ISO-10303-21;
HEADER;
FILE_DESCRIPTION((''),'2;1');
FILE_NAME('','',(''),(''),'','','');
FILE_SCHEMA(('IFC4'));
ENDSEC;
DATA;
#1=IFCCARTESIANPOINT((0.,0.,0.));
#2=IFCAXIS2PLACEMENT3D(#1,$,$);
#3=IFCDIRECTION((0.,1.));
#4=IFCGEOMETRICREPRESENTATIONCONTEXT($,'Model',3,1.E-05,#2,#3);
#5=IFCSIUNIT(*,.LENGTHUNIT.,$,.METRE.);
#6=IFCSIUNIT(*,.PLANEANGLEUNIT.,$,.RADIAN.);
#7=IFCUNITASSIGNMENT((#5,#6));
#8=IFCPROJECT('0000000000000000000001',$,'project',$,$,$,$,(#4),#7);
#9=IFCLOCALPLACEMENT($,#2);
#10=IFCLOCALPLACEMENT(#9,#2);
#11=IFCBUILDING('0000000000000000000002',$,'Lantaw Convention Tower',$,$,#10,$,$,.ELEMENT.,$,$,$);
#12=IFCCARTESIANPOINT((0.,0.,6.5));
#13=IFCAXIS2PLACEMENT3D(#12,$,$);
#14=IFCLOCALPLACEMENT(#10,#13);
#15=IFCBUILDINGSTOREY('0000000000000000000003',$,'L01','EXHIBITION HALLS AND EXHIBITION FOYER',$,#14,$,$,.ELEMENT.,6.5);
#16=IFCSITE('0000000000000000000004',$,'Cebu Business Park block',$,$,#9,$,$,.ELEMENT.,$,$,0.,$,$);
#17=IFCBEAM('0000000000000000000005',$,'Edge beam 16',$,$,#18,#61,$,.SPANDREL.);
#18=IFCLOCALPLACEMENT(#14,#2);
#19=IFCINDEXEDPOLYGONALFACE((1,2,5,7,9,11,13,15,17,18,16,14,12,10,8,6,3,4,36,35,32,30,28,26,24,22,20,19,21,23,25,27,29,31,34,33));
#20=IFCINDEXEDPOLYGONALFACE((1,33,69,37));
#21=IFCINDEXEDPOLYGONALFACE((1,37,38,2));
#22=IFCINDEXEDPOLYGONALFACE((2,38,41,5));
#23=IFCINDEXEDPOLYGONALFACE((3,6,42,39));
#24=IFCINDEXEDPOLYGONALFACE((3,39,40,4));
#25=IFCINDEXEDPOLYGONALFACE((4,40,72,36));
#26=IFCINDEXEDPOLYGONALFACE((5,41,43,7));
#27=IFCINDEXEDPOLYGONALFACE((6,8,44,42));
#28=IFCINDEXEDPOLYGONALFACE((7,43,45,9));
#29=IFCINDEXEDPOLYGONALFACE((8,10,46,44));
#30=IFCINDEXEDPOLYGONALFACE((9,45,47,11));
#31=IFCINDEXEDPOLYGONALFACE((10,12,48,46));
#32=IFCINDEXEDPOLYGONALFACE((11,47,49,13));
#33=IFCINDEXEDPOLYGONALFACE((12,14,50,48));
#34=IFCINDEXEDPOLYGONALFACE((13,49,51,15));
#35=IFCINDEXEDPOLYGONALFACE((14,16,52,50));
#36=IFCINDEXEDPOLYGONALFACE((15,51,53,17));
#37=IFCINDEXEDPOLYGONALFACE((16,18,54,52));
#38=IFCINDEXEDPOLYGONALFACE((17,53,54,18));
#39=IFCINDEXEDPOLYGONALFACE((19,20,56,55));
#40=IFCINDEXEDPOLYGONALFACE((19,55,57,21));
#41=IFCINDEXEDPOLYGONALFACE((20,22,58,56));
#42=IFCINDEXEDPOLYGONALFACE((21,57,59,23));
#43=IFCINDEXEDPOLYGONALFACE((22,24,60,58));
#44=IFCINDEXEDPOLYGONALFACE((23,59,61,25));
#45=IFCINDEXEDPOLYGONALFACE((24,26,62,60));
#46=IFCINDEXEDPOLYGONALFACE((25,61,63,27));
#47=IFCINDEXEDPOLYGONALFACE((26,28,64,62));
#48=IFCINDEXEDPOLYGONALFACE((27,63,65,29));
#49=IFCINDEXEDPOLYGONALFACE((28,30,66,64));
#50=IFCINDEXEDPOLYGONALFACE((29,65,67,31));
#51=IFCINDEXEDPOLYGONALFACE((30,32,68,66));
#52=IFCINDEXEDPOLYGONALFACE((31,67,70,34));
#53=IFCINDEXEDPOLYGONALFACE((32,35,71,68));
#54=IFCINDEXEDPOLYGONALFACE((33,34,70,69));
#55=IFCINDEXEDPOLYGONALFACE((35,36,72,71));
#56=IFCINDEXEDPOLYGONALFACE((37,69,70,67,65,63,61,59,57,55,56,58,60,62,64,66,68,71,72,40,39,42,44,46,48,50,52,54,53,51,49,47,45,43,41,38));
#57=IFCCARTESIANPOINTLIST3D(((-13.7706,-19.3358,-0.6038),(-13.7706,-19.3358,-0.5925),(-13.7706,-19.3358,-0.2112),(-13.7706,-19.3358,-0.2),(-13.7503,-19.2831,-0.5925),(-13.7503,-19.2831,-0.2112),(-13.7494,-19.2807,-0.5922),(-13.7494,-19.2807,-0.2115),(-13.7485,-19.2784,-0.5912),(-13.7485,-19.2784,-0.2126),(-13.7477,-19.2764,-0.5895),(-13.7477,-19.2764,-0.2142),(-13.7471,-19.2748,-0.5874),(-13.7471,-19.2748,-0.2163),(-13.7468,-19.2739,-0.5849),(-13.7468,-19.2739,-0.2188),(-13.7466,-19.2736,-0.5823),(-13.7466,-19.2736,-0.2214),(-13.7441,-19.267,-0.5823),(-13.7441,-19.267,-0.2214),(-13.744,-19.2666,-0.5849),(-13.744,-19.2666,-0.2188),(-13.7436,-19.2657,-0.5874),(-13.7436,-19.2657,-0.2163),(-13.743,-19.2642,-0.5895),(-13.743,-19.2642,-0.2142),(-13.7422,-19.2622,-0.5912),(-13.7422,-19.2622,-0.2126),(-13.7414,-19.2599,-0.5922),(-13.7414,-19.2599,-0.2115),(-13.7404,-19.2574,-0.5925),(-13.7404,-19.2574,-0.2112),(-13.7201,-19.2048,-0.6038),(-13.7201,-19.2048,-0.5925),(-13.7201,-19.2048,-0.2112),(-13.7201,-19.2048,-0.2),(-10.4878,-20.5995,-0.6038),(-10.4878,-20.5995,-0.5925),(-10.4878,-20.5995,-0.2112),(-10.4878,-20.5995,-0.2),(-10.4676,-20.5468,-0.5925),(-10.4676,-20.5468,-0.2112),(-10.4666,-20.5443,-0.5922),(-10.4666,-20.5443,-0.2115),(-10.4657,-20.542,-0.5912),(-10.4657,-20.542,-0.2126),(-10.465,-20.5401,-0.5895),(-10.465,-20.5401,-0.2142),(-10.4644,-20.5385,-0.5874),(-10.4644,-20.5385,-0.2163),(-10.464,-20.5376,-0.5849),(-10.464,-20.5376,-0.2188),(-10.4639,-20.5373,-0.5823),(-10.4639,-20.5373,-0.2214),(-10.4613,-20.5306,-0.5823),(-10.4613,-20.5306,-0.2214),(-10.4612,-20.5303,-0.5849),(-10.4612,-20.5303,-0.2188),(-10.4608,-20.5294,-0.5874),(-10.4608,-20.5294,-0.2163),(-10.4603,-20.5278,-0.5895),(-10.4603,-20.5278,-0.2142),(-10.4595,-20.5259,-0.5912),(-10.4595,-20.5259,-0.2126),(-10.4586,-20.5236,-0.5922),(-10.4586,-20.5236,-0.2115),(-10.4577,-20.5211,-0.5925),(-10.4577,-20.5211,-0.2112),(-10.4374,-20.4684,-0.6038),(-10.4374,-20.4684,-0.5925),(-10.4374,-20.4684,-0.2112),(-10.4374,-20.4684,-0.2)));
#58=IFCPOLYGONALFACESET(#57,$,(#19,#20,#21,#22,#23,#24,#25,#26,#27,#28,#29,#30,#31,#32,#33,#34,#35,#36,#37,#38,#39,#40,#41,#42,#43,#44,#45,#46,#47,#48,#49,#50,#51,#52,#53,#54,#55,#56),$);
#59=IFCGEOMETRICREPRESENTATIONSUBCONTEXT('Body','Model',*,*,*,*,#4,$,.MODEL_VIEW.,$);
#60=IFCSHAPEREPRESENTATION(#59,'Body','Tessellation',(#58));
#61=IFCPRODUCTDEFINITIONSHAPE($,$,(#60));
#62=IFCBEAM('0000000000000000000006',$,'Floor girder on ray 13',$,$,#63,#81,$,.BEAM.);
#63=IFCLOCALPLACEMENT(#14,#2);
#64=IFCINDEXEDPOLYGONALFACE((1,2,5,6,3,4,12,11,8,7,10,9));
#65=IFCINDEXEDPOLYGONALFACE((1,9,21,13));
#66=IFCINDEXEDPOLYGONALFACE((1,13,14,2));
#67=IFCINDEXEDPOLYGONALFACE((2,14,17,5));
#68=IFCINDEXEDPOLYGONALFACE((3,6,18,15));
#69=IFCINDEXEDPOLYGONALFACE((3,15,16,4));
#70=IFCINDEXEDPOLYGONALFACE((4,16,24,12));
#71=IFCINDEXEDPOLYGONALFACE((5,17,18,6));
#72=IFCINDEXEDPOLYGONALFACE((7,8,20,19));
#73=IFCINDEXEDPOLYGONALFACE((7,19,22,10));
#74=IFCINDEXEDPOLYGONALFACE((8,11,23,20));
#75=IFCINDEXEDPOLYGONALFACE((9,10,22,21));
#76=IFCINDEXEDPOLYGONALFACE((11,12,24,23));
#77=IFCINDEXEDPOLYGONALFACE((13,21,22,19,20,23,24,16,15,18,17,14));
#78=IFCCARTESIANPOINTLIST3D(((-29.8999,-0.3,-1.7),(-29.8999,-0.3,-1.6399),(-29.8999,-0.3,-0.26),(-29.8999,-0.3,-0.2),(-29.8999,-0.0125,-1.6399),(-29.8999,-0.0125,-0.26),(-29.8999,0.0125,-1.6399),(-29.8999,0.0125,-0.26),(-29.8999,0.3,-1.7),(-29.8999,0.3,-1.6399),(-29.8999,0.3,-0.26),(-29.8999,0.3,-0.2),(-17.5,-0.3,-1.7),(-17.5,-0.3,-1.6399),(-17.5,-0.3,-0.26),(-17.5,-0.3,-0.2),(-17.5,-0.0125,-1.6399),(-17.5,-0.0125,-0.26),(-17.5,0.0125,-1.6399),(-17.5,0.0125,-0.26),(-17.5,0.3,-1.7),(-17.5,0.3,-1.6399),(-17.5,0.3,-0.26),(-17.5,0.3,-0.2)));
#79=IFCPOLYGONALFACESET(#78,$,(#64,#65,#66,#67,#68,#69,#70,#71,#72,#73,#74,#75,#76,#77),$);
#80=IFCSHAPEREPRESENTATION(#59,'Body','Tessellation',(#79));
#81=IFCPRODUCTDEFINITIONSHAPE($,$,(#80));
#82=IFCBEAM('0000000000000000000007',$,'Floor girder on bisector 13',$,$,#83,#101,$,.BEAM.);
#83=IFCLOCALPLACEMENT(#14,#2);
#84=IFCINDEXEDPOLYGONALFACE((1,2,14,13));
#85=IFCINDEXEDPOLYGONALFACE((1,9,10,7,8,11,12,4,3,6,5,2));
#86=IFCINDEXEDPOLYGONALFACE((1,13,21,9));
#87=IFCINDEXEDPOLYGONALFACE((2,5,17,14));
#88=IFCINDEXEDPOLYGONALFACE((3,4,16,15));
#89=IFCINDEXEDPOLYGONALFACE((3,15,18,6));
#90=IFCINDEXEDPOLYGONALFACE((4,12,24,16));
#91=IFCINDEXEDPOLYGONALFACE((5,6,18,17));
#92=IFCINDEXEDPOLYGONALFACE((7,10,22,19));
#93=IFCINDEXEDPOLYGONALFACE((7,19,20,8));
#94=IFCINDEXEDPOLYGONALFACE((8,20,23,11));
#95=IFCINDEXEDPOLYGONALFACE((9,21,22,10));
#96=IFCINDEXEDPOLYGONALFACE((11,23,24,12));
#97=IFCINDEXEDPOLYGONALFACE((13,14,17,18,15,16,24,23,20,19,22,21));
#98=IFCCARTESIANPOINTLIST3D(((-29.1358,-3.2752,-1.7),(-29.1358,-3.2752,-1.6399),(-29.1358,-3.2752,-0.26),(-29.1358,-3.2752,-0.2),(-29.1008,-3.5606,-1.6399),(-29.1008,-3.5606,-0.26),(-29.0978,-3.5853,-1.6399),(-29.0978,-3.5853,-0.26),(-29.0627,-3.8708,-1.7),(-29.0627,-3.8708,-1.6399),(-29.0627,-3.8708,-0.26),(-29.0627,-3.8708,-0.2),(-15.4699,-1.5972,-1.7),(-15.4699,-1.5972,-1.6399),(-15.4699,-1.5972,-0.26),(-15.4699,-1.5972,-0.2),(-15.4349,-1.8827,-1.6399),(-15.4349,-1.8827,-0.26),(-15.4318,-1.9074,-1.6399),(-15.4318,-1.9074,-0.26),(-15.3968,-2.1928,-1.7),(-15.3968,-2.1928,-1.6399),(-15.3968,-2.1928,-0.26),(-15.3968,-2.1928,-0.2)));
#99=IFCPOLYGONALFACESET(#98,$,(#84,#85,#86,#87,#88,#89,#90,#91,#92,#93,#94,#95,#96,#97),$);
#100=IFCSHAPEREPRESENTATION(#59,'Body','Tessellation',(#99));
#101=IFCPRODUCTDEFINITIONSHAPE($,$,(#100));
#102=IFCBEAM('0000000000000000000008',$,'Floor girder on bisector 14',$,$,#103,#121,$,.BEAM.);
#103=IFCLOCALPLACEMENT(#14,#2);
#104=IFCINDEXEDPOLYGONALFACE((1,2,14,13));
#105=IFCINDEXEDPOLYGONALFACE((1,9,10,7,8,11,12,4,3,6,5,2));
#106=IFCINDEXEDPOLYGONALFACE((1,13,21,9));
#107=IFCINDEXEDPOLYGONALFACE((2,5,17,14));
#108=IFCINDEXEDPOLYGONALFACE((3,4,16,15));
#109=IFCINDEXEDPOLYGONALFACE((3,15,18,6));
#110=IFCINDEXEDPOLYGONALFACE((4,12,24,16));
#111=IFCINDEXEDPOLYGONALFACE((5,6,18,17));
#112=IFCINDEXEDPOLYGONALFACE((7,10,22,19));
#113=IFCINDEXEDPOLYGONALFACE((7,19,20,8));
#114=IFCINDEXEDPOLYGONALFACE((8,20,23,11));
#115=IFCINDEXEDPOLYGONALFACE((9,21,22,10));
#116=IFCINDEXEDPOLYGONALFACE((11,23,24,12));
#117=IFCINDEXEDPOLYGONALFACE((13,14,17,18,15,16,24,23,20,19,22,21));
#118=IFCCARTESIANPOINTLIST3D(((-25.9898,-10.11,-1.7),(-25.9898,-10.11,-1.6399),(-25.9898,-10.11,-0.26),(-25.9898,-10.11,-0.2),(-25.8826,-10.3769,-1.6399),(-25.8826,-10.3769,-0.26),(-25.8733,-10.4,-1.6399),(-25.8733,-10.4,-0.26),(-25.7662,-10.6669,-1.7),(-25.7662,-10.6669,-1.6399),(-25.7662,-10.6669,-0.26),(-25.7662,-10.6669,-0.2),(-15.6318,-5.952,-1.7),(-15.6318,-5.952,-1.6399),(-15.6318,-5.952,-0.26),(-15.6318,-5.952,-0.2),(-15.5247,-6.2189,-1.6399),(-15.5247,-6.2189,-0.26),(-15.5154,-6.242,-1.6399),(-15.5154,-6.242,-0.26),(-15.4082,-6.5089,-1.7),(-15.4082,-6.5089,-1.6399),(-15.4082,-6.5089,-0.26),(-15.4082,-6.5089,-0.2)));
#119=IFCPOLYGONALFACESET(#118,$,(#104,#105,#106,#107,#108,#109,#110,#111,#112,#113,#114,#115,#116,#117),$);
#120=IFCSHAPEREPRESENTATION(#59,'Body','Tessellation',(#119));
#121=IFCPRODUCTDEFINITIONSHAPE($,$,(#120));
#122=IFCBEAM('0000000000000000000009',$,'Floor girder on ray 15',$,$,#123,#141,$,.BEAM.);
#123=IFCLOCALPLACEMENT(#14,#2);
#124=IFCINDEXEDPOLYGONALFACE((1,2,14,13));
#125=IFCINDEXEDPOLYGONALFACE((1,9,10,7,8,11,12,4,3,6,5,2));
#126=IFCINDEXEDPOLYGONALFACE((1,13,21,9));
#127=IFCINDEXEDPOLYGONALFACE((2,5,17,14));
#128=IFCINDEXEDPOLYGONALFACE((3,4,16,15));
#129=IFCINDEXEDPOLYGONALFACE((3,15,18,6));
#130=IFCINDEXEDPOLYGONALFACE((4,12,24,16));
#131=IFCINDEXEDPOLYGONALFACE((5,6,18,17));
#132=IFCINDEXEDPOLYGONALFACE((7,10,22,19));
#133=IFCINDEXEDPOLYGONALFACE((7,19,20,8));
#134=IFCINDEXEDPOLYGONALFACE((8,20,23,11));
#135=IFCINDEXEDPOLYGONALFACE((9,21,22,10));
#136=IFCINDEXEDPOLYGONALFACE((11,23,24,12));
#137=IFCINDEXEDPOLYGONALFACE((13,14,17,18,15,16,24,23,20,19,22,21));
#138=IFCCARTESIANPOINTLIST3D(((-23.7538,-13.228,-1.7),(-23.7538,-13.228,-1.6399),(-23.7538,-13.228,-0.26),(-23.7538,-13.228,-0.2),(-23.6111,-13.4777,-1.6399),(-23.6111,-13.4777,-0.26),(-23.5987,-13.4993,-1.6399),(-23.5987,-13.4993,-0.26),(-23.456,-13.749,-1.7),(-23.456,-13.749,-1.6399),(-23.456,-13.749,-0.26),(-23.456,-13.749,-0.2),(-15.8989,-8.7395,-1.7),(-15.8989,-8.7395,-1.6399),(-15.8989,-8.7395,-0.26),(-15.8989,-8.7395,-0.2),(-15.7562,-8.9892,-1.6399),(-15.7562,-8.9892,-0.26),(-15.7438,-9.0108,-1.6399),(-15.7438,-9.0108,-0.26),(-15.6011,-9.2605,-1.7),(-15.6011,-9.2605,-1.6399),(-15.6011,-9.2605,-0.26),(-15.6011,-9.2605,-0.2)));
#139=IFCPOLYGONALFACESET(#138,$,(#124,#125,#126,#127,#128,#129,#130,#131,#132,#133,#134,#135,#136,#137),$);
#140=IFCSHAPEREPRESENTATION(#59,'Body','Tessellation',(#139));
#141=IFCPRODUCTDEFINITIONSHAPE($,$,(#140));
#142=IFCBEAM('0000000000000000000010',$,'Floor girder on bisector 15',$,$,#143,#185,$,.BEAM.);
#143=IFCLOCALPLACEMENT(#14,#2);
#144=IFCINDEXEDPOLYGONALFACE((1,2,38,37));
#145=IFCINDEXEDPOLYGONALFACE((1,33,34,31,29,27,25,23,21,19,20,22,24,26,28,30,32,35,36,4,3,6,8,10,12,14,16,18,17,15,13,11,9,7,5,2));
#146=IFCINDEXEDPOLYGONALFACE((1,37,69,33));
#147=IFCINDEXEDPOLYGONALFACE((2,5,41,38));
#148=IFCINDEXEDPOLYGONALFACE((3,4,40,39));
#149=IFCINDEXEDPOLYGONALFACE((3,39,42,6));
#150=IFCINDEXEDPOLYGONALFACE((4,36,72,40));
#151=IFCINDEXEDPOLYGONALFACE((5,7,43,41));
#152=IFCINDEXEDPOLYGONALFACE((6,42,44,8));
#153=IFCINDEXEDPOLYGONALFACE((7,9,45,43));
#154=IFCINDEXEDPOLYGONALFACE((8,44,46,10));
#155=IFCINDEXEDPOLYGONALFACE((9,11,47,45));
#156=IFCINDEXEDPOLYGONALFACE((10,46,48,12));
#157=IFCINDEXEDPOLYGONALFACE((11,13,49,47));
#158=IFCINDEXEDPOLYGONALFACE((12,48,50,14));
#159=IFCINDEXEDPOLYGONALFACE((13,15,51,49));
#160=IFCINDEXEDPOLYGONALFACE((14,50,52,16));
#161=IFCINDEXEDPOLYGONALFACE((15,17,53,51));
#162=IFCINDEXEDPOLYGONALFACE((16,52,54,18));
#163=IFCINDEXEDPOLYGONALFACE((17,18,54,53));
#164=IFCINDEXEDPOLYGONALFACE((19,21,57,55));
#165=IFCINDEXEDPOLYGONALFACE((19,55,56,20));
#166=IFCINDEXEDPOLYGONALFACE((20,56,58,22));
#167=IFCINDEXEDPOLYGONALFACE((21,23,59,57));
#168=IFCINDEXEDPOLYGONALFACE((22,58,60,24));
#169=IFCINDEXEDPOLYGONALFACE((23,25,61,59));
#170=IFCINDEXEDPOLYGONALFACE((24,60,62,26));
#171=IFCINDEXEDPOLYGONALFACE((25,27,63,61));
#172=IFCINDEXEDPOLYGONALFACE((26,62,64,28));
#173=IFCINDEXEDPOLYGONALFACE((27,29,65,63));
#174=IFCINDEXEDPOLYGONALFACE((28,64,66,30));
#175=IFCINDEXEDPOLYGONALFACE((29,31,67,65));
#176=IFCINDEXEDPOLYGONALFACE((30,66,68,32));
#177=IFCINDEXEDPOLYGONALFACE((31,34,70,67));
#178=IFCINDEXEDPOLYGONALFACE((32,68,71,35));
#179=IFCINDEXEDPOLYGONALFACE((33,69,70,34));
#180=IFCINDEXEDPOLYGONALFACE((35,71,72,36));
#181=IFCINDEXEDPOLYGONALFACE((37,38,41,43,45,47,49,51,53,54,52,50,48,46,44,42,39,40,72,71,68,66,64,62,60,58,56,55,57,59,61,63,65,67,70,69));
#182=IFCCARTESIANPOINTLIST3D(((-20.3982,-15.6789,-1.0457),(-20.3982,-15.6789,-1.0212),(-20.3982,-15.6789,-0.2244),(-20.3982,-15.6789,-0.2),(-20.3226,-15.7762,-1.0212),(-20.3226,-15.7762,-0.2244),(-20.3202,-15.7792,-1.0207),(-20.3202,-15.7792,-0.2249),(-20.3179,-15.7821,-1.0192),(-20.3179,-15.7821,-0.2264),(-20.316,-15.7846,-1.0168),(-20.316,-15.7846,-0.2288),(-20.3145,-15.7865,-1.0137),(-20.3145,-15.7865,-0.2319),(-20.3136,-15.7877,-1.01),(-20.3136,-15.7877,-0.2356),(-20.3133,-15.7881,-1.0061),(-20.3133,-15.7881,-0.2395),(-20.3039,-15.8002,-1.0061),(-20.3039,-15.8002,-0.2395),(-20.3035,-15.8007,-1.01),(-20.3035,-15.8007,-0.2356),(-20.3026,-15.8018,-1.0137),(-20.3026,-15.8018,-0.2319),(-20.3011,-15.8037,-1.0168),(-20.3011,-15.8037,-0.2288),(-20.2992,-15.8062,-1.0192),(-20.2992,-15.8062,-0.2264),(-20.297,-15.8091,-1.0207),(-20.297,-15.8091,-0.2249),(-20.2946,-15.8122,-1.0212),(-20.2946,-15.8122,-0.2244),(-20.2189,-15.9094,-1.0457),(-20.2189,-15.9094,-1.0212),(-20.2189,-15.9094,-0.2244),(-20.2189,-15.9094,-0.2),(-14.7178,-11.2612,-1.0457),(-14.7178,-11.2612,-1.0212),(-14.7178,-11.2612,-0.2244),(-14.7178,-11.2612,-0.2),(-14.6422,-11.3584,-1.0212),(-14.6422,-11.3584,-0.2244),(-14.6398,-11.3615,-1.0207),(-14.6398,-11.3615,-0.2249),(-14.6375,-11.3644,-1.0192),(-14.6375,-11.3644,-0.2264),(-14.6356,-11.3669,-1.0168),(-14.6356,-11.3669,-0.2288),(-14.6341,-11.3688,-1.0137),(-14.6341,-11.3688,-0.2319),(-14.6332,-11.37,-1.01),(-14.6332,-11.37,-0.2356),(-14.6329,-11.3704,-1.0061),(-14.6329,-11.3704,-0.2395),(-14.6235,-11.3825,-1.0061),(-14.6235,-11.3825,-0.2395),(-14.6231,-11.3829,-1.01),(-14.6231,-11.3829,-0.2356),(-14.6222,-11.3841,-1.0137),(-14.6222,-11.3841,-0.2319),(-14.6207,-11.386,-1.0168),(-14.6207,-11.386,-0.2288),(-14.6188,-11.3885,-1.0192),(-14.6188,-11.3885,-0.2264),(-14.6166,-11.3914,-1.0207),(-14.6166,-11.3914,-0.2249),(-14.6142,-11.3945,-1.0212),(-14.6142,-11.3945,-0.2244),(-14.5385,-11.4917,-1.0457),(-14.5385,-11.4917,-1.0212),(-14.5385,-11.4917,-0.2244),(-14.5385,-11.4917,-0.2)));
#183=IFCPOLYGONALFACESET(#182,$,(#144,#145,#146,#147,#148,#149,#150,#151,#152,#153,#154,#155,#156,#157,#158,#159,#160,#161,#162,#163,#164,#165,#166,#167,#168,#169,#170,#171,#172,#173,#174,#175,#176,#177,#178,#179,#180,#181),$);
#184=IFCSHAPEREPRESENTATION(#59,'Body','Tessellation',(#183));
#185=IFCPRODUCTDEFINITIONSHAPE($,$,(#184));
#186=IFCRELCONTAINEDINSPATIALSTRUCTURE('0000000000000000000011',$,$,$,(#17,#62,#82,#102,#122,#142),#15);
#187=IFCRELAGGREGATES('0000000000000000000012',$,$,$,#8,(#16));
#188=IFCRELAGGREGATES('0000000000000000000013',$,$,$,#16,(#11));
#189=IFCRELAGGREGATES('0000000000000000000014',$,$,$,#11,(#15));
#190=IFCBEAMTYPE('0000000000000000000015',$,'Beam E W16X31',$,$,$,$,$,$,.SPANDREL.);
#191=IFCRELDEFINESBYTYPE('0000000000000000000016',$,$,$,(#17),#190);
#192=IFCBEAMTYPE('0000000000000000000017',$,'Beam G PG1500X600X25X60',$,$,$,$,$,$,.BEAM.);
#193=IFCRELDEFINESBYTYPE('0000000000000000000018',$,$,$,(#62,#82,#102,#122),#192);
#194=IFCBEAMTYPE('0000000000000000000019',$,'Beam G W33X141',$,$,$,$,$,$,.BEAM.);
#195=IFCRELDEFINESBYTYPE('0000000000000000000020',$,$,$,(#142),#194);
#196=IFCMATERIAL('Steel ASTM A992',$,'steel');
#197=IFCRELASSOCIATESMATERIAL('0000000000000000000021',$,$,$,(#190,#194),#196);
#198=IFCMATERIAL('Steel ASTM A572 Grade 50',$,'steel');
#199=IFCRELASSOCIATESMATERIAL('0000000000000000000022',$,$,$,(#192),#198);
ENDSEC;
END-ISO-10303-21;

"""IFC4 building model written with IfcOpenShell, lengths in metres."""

from ifc_helpers import new_model, si_unit, direction, frame, origin, origin_2d, place, context, subcontext, project, spatial, i_section, extrude, material, material_profile, profile_set, type_object, element, save


model = new_model("IFC4")

# Units and contexts
model_context = context("Model", 3, precision=1e-05, world=origin(), true_north=direction((0.0, 1.0)))
body_context = subcontext(model_context, "Body", "Model", "MODEL_VIEW")
ifc_project = project(units=[si_unit("LENGTHUNIT", "METRE"), si_unit("PLANEANGLEUNIT", "RADIAN")], contexts=[model_context])

# Site, building, storey
site_placement = place(None, origin())
site = spatial("IfcSite", under=ifc_project, at=site_placement, Name="Cebu Business Park block", CompositionType="ELEMENT", RefElevation=0.0)
building_placement = place(site_placement, origin())
building = spatial("IfcBuilding", under=site, at=building_placement, Name="Lantaw Convention Tower", CompositionType="ELEMENT")
storey_placement = place(building_placement, frame((0.0, 0.0, 6.5)))
storey = spatial("IfcBuildingStorey", under=building, at=storey_placement, Name="L01", Description="EXHIBITION HALLS AND EXHIBITION FOYER", CompositionType="ELEMENT", Elevation=6.5)

# Shared definitions
ifc_material_1 = material(Name="Steel ASTM A572 Grade 50", Category="steel")

# Beams
ifc_material_2 = material(Name="Steel ASTM A992", Category="steel")
ifc_material_profile_1 = material_profile(ifc_material_2, i_section(OverallWidth=0.1404, OverallDepth=0.4038, WebThickness=0.0071, FlangeThickness=0.0112, FilletRadius=0.0103, at=origin_2d()), Name="W16X31")
ifc_profile_set_1 = profile_set([ifc_material_profile_1], Name="Steel ASTM A992")
beam_type_1 = type_object("IfcBeamType", Name="Beam E W16X31", PredefinedType="SPANDREL", material=ifc_profile_set_1)
beam_1_placement = place(storey_placement, frame((-13.7454, -19.2703, -0.4019), z_axis=(0.933242, -0.359249, 0.0), x_axis=(0.359249, 0.933242, 0.0)))
element("IfcBeam", 1, at=beam_1_placement, inside=storey, type_object=beam_type_1, Name="Edge beam 16", PredefinedType="SPANDREL", context=body_context, shape_type="SweptSolid", body=[
    extrude(i_section(OverallWidth=0.1404, OverallDepth=0.4038, WebThickness=0.0071, FlangeThickness=0.0112, FilletRadius=0.0103, at=origin_2d()), origin(), (0.0, 0.0, 1.0), 3.5176),
])
ifc_material_profile_2 = material_profile(ifc_material_1, i_section(OverallWidth=0.6001, OverallDepth=1.5, WebThickness=0.0249, FlangeThickness=0.0601, at=origin_2d()), Name="PG1500X600X25X60")
ifc_profile_set_2 = profile_set([ifc_material_profile_2], Name="Steel ASTM A572 Grade 50")
beam_type_2 = type_object("IfcBeamType", Name="Beam G PG1500X600X25X60", PredefinedType="BEAM", material=ifc_profile_set_2)
beam_2_placement = place(storey_placement, frame((-17.5, 0.0, -0.95), z_axis=(-1.0, 0.0, 0.0), x_axis=(0.0, -1.0, 0.0)))
element("IfcBeam", 2, at=beam_2_placement, inside=storey, type_object=beam_type_2, Name="Floor girder on ray 13", PredefinedType="BEAM", context=body_context, shape_type="SweptSolid", body=[
    extrude(i_section(OverallWidth=0.6001, OverallDepth=1.5, WebThickness=0.0249, FlangeThickness=0.0601, at=origin_2d()), origin(), (0.0, 0.0, 1.0), 12.3999),
])
beam_3_placement = place(storey_placement, frame((-15.4333, -1.895, -0.95), z_axis=(-0.992546, -0.12187, 0.0), x_axis=(0.12187, -0.992546, 0.0)))
element("IfcBeam", 3, at=beam_3_placement, inside=storey, type_object=beam_type_2, Name="Floor girder on bisector 13", PredefinedType="BEAM", context=body_context, shape_type="SweptSolid", body=[
    extrude(i_section(OverallWidth=0.6001, OverallDepth=1.5, WebThickness=0.0249, FlangeThickness=0.0601, at=origin_2d()), origin(), (0.0, 0.0, 1.0), 13.7686),
])
beam_4_placement = place(storey_placement, frame((-15.52, -6.2305, -0.95), z_axis=(-0.928019, -0.372533, 0.0), x_axis=(0.372533, -0.928019, 0.0)))
element("IfcBeam", 4, at=beam_4_placement, inside=storey, type_object=beam_type_2, Name="Floor girder on bisector 14", PredefinedType="BEAM", context=body_context, shape_type="SweptSolid", body=[
    extrude(i_section(OverallWidth=0.6001, OverallDepth=1.5, WebThickness=0.0249, FlangeThickness=0.0601, at=origin_2d()), origin(), (0.0, 0.0, 1.0), 11.1614),
])
beam_5_placement = place(storey_placement, frame((-15.75, -9.0, -0.95), z_axis=(-0.868245, -0.496136, 0.0), x_axis=(0.496136, -0.868245, 0.0)))
element("IfcBeam", 5, at=beam_5_placement, inside=storey, type_object=beam_type_2, Name="Floor girder on ray 15", PredefinedType="BEAM", context=body_context, shape_type="SweptSolid", body=[
    extrude(i_section(OverallWidth=0.6001, OverallDepth=1.5, WebThickness=0.0249, FlangeThickness=0.0601, at=origin_2d()), origin(), (0.0, 0.0, 1.0), 9.0469),
])
ifc_material_profile_3 = material_profile(ifc_material_2, i_section(OverallWidth=0.292, OverallDepth=0.8457, WebThickness=0.0154, FlangeThickness=0.0244, FilletRadius=0.0151, at=origin_2d()), Name="W33X141")
ifc_profile_set_3 = profile_set([ifc_material_profile_3], Name="Steel ASTM A992")
beam_type_3 = type_object("IfcBeamType", Name="Beam G W33X141", PredefinedType="BEAM", material=ifc_profile_set_3)
beam_6_placement = place(storey_placement, frame((-14.6282, -11.3765, -0.6228), z_axis=(-0.789378, -0.613908, 0.0), x_axis=(0.613908, -0.789378, 0.0)))
element("IfcBeam", 6, at=beam_6_placement, inside=storey, type_object=beam_type_3, Name="Floor girder on bisector 15", PredefinedType="BEAM", context=body_context, shape_type="SweptSolid", body=[
    extrude(i_section(OverallWidth=0.292, OverallDepth=0.8457, WebThickness=0.0154, FlangeThickness=0.0244, FilletRadius=0.0151, at=origin_2d()), origin(), (0.0, 0.0, 1.0), 7.196),
])

save(model, "model.ifc")
